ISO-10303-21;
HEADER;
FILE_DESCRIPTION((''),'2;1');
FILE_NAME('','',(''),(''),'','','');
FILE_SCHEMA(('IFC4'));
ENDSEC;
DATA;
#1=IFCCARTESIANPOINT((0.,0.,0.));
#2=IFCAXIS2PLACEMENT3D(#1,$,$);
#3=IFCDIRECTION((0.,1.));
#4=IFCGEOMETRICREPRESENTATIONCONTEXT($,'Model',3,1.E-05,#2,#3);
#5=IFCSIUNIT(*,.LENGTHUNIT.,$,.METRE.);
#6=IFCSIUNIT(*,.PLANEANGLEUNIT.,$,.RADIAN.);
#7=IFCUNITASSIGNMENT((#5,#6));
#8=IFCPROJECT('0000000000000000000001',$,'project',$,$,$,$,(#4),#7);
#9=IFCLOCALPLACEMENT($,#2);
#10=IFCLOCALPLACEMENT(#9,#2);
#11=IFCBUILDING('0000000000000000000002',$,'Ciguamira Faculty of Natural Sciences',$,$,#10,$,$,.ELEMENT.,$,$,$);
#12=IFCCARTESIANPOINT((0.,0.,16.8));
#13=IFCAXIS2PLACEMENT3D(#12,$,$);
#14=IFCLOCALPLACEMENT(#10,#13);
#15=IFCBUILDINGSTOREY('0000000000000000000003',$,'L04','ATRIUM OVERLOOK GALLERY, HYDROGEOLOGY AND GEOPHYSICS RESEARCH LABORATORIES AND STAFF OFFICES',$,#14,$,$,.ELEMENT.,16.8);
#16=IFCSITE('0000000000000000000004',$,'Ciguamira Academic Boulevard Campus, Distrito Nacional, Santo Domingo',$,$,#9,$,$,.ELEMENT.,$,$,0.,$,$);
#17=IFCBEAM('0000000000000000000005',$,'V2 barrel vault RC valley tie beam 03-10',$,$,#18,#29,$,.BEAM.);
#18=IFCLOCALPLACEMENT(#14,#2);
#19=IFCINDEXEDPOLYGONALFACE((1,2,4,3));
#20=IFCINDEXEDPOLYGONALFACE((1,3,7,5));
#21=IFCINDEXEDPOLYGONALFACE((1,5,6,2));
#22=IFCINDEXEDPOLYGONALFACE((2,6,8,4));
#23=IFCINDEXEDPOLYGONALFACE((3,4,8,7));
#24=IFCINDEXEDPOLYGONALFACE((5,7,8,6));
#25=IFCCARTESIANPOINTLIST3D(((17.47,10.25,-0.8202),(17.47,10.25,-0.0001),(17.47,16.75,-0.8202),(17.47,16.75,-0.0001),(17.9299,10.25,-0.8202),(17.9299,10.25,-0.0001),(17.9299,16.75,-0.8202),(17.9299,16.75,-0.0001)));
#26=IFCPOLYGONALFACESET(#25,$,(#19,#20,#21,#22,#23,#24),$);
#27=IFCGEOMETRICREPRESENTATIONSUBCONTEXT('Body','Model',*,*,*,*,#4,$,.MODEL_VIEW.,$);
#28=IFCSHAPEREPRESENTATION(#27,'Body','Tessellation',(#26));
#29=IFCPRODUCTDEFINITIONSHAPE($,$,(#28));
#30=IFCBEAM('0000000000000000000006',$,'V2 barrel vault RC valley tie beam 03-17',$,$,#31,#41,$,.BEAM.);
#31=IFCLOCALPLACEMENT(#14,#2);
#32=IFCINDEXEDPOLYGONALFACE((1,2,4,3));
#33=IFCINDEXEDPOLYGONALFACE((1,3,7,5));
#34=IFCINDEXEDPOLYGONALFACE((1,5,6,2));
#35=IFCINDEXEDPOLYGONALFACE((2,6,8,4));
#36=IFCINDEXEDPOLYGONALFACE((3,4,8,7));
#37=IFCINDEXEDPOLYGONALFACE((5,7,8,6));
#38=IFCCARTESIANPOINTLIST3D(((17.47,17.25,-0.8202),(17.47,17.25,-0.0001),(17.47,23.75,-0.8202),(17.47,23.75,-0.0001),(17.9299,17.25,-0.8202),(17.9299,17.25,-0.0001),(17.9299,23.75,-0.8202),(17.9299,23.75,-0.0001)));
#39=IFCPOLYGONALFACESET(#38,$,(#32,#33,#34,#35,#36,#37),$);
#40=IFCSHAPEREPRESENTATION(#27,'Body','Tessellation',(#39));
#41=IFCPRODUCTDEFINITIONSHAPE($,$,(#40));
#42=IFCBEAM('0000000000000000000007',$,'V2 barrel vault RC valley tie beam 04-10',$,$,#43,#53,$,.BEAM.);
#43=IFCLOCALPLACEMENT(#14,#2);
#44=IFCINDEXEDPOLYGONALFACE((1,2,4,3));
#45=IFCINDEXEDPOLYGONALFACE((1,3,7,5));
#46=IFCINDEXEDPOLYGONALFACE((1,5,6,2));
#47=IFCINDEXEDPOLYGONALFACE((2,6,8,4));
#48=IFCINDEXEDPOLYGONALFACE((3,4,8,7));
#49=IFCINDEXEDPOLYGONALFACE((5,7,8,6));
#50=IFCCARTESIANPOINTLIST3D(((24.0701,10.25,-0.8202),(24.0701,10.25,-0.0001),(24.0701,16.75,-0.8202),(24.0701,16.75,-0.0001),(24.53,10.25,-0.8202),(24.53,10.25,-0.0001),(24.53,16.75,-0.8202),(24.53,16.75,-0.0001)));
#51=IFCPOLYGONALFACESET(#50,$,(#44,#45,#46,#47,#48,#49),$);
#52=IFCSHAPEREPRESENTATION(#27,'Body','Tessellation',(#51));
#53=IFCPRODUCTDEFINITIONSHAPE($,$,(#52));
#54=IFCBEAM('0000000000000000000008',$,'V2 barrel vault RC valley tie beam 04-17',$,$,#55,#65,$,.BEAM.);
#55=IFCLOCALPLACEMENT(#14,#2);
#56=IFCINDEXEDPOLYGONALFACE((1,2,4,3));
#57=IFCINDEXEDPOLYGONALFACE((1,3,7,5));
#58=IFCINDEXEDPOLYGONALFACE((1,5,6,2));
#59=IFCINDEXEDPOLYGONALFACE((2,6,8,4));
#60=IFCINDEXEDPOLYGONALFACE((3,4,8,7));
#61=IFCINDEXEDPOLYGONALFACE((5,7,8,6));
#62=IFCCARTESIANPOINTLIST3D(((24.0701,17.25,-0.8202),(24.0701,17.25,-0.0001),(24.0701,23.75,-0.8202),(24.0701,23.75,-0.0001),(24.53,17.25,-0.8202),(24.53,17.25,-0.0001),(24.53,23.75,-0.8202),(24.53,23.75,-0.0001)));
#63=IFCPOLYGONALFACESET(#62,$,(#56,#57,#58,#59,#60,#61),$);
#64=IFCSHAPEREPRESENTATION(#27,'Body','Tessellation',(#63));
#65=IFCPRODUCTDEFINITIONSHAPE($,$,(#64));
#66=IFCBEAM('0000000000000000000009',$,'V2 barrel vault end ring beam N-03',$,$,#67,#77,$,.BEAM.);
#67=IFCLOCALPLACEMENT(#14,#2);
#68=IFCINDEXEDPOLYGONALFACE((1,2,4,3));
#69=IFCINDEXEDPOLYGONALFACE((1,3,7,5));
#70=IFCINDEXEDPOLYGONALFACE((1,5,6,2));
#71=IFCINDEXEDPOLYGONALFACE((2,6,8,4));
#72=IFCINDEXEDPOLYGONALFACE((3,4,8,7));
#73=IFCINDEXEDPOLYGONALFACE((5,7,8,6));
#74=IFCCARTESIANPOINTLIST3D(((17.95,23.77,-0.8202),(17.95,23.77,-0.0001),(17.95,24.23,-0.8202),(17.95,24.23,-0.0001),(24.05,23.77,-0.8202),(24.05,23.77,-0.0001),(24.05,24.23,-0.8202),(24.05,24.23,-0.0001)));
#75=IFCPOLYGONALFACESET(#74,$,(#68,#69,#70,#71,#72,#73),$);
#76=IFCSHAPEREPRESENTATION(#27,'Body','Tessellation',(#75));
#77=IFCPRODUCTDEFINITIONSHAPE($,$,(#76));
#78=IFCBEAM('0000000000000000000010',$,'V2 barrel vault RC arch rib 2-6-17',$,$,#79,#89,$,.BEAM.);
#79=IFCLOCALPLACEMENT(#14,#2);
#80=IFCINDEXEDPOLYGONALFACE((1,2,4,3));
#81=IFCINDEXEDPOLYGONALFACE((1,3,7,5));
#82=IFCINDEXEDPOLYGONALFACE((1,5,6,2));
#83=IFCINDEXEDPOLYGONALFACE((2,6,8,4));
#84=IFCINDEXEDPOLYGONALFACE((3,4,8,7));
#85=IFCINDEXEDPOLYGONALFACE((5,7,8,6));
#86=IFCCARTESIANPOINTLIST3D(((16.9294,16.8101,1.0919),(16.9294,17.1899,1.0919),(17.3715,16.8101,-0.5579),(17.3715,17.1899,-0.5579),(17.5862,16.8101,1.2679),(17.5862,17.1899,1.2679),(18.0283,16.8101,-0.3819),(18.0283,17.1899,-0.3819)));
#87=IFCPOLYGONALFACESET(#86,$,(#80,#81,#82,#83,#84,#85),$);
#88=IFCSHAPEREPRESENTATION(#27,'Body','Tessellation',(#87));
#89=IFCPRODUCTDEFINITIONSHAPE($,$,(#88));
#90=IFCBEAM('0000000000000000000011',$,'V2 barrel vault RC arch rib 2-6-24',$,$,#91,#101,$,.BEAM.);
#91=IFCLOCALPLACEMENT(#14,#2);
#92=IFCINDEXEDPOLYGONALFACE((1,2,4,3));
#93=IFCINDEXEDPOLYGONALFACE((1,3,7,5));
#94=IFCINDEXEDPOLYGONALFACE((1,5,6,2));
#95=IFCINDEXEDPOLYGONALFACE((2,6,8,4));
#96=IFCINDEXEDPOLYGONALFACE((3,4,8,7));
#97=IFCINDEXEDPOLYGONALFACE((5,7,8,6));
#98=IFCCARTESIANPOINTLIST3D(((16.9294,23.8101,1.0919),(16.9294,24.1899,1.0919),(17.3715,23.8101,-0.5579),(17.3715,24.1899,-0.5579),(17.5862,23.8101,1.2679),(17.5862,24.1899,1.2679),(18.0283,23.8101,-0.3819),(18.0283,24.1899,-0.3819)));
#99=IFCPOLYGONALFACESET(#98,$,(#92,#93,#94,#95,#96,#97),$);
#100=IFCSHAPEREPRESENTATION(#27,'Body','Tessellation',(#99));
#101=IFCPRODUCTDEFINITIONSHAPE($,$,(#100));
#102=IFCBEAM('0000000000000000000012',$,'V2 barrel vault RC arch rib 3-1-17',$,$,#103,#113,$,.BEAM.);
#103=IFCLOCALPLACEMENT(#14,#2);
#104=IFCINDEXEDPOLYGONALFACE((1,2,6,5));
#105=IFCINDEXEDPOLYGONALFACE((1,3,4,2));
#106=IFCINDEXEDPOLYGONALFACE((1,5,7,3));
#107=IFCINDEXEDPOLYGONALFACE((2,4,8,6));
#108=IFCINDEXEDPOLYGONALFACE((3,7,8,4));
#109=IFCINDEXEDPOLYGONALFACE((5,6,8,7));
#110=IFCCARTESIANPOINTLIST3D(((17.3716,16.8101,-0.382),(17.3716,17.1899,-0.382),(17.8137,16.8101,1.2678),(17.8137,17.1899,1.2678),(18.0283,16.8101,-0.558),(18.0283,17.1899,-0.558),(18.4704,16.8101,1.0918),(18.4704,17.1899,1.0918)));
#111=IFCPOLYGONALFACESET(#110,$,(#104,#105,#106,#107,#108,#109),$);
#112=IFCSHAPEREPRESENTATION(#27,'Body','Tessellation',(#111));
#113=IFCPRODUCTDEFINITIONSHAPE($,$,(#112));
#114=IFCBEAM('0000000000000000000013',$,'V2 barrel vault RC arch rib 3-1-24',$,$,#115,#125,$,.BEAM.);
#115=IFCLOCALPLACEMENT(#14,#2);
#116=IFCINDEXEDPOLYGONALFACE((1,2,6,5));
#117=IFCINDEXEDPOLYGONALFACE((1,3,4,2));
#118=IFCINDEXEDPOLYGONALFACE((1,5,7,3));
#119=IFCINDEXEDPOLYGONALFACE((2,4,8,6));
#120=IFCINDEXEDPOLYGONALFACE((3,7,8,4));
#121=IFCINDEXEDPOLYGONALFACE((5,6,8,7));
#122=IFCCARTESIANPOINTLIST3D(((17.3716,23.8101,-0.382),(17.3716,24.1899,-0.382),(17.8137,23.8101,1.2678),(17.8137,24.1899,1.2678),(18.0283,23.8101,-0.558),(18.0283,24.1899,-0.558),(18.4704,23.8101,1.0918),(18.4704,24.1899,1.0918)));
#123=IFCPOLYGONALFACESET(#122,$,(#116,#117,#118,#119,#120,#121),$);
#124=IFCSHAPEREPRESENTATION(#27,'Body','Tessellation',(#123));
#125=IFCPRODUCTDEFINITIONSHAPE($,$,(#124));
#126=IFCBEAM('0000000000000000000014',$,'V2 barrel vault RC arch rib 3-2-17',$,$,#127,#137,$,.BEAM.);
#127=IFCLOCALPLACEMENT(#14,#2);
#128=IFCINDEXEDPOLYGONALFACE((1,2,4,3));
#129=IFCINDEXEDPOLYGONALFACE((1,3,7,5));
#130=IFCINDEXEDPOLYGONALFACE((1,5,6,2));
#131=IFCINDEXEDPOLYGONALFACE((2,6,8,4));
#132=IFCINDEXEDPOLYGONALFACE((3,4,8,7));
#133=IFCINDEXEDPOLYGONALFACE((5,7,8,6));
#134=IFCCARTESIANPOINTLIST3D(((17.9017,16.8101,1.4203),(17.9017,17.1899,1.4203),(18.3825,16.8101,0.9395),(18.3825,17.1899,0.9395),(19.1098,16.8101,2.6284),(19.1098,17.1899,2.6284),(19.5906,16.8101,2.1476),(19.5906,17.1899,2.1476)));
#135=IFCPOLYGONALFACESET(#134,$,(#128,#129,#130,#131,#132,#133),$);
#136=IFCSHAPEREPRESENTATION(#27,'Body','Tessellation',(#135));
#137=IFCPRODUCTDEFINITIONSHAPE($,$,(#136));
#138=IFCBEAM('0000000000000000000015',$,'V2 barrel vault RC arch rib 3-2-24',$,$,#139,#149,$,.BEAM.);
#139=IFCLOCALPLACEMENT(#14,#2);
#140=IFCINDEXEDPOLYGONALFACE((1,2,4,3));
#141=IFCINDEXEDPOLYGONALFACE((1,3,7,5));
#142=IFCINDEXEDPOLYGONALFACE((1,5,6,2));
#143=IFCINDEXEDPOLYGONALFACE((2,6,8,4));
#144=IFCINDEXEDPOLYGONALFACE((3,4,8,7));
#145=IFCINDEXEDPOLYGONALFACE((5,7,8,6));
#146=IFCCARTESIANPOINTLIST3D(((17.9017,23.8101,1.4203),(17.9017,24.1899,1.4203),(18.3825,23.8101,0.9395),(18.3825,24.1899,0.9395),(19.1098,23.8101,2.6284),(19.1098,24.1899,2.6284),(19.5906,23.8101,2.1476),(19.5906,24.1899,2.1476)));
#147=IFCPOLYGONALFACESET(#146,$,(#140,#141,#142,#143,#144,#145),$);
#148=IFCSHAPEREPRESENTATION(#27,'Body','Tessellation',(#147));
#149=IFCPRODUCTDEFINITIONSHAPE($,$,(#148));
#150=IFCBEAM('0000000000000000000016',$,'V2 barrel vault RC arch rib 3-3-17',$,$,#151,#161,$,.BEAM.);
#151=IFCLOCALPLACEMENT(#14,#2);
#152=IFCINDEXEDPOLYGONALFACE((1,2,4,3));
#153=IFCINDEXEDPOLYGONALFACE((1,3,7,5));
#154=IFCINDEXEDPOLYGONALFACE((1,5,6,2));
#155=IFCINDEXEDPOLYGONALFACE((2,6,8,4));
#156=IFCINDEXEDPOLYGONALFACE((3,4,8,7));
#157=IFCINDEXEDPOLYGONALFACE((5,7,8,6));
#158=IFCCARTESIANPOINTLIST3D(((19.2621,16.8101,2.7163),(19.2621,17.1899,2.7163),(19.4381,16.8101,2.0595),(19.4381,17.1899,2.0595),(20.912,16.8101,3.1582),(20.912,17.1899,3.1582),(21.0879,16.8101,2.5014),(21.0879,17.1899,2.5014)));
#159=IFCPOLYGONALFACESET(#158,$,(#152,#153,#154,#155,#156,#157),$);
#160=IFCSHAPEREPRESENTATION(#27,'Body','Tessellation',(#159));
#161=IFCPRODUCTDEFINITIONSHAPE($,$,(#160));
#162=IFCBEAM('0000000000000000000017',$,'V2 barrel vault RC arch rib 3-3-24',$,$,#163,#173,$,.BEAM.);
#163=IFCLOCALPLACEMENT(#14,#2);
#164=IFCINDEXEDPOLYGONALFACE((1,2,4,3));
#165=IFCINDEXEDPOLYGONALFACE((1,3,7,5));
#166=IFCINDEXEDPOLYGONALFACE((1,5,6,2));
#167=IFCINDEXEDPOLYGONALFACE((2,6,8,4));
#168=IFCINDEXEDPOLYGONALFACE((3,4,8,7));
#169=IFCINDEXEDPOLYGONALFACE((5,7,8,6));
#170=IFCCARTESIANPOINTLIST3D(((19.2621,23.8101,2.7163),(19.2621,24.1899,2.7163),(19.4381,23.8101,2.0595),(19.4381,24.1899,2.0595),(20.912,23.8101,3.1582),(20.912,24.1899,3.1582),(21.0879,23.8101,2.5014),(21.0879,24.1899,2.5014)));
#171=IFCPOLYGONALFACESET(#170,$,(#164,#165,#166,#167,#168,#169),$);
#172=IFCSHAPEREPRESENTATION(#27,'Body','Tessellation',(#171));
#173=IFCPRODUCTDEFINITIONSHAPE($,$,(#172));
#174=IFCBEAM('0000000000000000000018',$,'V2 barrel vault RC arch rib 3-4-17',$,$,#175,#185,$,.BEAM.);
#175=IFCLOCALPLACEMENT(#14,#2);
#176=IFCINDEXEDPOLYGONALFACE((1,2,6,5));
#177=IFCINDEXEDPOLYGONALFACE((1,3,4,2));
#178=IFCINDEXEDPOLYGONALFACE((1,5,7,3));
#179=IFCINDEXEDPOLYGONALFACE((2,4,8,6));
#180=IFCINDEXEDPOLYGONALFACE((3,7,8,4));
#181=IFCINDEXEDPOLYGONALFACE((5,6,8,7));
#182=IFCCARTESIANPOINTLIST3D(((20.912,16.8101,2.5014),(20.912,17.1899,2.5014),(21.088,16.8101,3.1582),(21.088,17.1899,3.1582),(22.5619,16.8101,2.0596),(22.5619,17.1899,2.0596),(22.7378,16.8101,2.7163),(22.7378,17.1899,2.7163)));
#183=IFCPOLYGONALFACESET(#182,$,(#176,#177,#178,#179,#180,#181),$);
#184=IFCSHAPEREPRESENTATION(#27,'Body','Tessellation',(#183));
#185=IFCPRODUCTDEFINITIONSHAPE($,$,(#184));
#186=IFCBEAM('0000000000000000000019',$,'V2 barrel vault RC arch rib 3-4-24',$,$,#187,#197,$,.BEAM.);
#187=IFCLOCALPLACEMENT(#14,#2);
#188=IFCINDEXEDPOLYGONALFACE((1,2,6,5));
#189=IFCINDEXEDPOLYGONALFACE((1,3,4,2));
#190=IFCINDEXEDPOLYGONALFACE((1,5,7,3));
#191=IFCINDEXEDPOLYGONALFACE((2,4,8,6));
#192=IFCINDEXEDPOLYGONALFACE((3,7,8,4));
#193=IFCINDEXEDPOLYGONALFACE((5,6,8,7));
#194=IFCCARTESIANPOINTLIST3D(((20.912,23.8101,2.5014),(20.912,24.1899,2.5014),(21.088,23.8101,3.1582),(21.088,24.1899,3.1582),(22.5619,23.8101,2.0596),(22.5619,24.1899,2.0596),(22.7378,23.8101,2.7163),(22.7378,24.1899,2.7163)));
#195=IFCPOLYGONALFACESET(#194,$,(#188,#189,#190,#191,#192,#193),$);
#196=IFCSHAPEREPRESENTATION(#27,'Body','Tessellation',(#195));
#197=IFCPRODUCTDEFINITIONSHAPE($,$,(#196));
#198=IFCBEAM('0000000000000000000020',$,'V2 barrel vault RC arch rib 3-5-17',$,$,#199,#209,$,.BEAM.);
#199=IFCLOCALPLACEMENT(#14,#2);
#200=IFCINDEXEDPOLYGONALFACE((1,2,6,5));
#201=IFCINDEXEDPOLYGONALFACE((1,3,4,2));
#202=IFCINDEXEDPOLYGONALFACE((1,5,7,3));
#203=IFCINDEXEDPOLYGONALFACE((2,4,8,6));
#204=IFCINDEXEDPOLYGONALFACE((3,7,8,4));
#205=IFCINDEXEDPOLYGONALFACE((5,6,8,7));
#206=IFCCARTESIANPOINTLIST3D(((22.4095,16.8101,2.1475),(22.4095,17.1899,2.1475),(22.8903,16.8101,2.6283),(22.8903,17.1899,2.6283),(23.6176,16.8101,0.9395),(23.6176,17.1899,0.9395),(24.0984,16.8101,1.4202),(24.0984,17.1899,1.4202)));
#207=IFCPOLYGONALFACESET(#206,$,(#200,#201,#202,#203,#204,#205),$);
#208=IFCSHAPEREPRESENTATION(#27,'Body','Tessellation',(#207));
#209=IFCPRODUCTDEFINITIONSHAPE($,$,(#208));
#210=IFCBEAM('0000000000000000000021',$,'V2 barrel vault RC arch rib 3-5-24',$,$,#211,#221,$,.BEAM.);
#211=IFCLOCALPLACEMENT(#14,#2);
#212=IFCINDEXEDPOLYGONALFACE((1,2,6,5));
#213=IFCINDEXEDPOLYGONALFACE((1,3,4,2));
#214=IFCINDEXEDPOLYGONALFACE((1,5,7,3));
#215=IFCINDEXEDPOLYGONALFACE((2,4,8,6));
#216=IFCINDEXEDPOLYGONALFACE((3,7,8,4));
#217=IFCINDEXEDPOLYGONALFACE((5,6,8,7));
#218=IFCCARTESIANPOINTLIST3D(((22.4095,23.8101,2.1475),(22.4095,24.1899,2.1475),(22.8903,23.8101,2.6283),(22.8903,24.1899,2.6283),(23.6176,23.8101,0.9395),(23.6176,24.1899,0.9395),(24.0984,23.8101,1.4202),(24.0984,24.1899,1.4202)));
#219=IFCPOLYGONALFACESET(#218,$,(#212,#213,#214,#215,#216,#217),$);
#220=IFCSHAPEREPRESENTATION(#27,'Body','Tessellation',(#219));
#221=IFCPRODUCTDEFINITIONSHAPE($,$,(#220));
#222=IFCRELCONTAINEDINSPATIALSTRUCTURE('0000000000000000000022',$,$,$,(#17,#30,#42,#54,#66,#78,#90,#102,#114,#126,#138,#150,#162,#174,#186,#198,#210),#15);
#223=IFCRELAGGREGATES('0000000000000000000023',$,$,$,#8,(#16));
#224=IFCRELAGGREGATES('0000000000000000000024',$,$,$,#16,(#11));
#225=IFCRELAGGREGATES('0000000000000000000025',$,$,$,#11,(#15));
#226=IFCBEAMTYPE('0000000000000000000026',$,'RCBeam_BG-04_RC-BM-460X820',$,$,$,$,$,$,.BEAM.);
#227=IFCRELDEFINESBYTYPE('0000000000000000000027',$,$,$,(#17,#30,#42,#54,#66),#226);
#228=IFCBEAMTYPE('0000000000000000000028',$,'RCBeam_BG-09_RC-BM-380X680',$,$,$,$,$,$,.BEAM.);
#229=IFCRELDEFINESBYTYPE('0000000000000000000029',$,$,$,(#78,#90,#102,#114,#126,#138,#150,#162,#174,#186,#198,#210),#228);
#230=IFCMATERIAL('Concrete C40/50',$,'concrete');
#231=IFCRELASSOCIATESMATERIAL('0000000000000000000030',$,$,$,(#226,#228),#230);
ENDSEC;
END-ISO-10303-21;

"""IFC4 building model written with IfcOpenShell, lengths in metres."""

from ifc_helpers import new_model, si_unit, direction, frame, origin, origin_2d, place, context, subcontext, project, spatial, rectangle, extrude, material, material_profile, profile_set, type_object, element, save


model = new_model("IFC4")

# Units and contexts
model_context = context("Model", 3, precision=1e-05, world=origin(), true_north=direction((0.0, 1.0)))
body_context = subcontext(model_context, "Body", "Model", "MODEL_VIEW")
ifc_project = project(units=[si_unit("LENGTHUNIT", "METRE"), si_unit("PLANEANGLEUNIT", "RADIAN")], contexts=[model_context])

# Site, building, storey
site_placement = place(None, origin())
site = spatial("IfcSite", under=ifc_project, at=site_placement, Name="Ciguamira Academic Boulevard Campus, Distrito Nacional, Santo Domingo", CompositionType="ELEMENT", RefElevation=0.0)
building_placement = place(site_placement, origin())
building = spatial("IfcBuilding", under=site, at=building_placement, Name="Ciguamira Faculty of Natural Sciences", CompositionType="ELEMENT")
storey_placement = place(building_placement, frame((0.0, 0.0, 16.8)))
storey = spatial("IfcBuildingStorey", under=building, at=storey_placement, Name="L04", Description="ATRIUM OVERLOOK GALLERY, HYDROGEOLOGY AND GEOPHYSICS RESEARCH LABORATORIES AND STAFF OFFICES", CompositionType="ELEMENT", Elevation=16.8)

# Beams
ifc_material_1 = material(Name="Concrete C40/50", Category="concrete")
ifc_material_profile_1 = material_profile(ifc_material_1, rectangle(XDim=0.46, YDim=0.8201, at=origin_2d()), Name="RC-BM-460X820")
ifc_profile_set_1 = profile_set([ifc_material_profile_1], Name="Concrete C40/50")
beam_type_1 = type_object("IfcBeamType", Name="RCBeam_BG-04_RC-BM-460X820", PredefinedType="BEAM", material=ifc_profile_set_1)
for number, where, z_axis, x_axis, name in (
    (1, (17.7, 10.25, -0.4102), (0.0, 1.0, 0.0), (-1.0, 0.0, 0.0), "V2 barrel vault RC valley tie beam 03-10"),
    (2, (17.7, 17.25, -0.4102), (0.0, 1.0, 0.0), (-1.0, 0.0, 0.0), "V2 barrel vault RC valley tie beam 03-17"),
    (3, (24.3, 10.25, -0.4102), (0.0, 1.0, 0.0), (-1.0, 0.0, 0.0), "V2 barrel vault RC valley tie beam 04-10"),
    (4, (24.3, 17.25, -0.4102), (0.0, 1.0, 0.0), (-1.0, 0.0, 0.0), "V2 barrel vault RC valley tie beam 04-17"),
):
    element("IfcBeam", number, at=place(storey_placement, frame(where, z_axis=z_axis, x_axis=x_axis)), inside=storey, type_object=beam_type_1, Name=name, PredefinedType="BEAM", context=body_context, shape_type="SweptSolid", body=[
        extrude(rectangle(XDim=0.46, YDim=0.8201, at=origin_2d()), origin(), (0.0, 0.0, 1.0), 6.5),
    ])
beam_placement = place(storey_placement, frame((17.95, 24.0, -0.4102), z_axis=(1.0, 0.0, 0.0), x_axis=(0.0, 1.0, 0.0)))
element("IfcBeam", 5, at=beam_placement, inside=storey, type_object=beam_type_1, Name="V2 barrel vault end ring beam N-03", PredefinedType="BEAM", context=body_context, shape_type="SweptSolid", body=[
    extrude(rectangle(XDim=0.46, YDim=0.8201, at=origin_2d()), origin(), (0.0, 0.0, 1.0), 6.1001),
])
ifc_material_profile_2 = material_profile(ifc_material_1, rectangle(XDim=0.3799, YDim=0.6799, at=origin_2d()), Name="RC-BM-380X680")
ifc_profile_set_2 = profile_set([ifc_material_profile_2], Name="Concrete C40/50")
beam_type_2 = type_object("IfcBeamType", Name="RCBeam_BG-09_RC-BM-380X680", PredefinedType="BEAM", material=ifc_profile_set_2)
for number, where, z_axis, x_axis, name in (
    (6, (17.2578, 17.0, 1.1799), (0.258846, 0.0, -0.965919), (0.0, 1.0, 0.0), "V2 barrel vault RC arch rib 2-6-17"),
    (7, (17.2578, 24.0, 1.1799), (0.258846, 0.0, -0.965919), (0.0, 1.0, 0.0), "V2 barrel vault RC arch rib 2-6-24"),
    (8, (17.7, 17.0, -0.47), (0.258846, 0.0, 0.965919), (0.0, 1.0, 0.0), "V2 barrel vault RC arch rib 3-1-17"),
    (9, (17.7, 24.0, -0.47), (0.258846, 0.0, 0.965919), (0.0, 1.0, 0.0), "V2 barrel vault RC arch rib 3-1-24"),
):
    element("IfcBeam", number, at=place(storey_placement, frame(where, z_axis=z_axis, x_axis=x_axis)), inside=storey, type_object=beam_type_2, Name=name, PredefinedType="BEAM", context=body_context, shape_type="SweptSolid", body=[
        extrude(rectangle(XDim=0.3799, YDim=0.6799, at=origin_2d()), origin(), (0.0, 0.0, 1.0), 1.708),
    ])
for number, where, z_axis, x_axis, name in (
    (10, (18.1421, 17.0, 1.1799), (0.707107, 0.0, 0.707107), (0.0, 1.0, 0.0), "V2 barrel vault RC arch rib 3-2-17"),
    (11, (18.1421, 24.0, 1.1799), (0.707107, 0.0, 0.707107), (0.0, 1.0, 0.0), "V2 barrel vault RC arch rib 3-2-24"),
):
    element("IfcBeam", number, at=place(storey_placement, frame(where, z_axis=z_axis, x_axis=x_axis)), inside=storey, type_object=beam_type_2, Name=name, PredefinedType="BEAM", context=body_context, shape_type="SweptSolid", body=[
        extrude(rectangle(XDim=0.3799, YDim=0.6799, at=origin_2d()), origin(), (0.0, 0.0, 1.0), 1.7085),
    ])
for number, where, z_axis, x_axis, name in (
    (12, (19.3501, 17.0, 2.3879), (0.965954, 0.0, 0.258712), (0.0, 1.0, 0.0), "V2 barrel vault RC arch rib 3-3-17"),
    (13, (19.3501, 24.0, 2.3879), (0.965954, 0.0, 0.258712), (0.0, 1.0, 0.0), "V2 barrel vault RC arch rib 3-3-24"),
    (14, (21.0, 17.0, 2.8298), (0.965954, 0.0, -0.258712), (0.0, 1.0, 0.0), "V2 barrel vault RC arch rib 3-4-17"),
    (15, (21.0, 24.0, 2.8298), (0.965954, 0.0, -0.258712), (0.0, 1.0, 0.0), "V2 barrel vault RC arch rib 3-4-24"),
):
    element("IfcBeam", number, at=place(storey_placement, frame(where, z_axis=z_axis, x_axis=x_axis)), inside=storey, type_object=beam_type_2, Name=name, PredefinedType="BEAM", context=body_context, shape_type="SweptSolid", body=[
        extrude(rectangle(XDim=0.3799, YDim=0.6799, at=origin_2d()), origin(), (0.0, 0.0, 1.0), 1.708),
    ])
for number, where, z_axis, x_axis, name in (
    (16, (22.6499, 17.0, 2.3879), (0.707107, 0.0, -0.707107), (0.0, 1.0, 0.0), "V2 barrel vault RC arch rib 3-5-17"),
    (17, (22.6499, 24.0, 2.3879), (0.707107, 0.0, -0.707107), (0.0, 1.0, 0.0), "V2 barrel vault RC arch rib 3-5-24"),
):
    element("IfcBeam", number, at=place(storey_placement, frame(where, z_axis=z_axis, x_axis=x_axis)), inside=storey, type_object=beam_type_2, Name=name, PredefinedType="BEAM", context=body_context, shape_type="SweptSolid", body=[
        extrude(rectangle(XDim=0.3799, YDim=0.6799, at=origin_2d()), origin(), (0.0, 0.0, 1.0), 1.7085),
    ])

save(model, "model.ifc")
